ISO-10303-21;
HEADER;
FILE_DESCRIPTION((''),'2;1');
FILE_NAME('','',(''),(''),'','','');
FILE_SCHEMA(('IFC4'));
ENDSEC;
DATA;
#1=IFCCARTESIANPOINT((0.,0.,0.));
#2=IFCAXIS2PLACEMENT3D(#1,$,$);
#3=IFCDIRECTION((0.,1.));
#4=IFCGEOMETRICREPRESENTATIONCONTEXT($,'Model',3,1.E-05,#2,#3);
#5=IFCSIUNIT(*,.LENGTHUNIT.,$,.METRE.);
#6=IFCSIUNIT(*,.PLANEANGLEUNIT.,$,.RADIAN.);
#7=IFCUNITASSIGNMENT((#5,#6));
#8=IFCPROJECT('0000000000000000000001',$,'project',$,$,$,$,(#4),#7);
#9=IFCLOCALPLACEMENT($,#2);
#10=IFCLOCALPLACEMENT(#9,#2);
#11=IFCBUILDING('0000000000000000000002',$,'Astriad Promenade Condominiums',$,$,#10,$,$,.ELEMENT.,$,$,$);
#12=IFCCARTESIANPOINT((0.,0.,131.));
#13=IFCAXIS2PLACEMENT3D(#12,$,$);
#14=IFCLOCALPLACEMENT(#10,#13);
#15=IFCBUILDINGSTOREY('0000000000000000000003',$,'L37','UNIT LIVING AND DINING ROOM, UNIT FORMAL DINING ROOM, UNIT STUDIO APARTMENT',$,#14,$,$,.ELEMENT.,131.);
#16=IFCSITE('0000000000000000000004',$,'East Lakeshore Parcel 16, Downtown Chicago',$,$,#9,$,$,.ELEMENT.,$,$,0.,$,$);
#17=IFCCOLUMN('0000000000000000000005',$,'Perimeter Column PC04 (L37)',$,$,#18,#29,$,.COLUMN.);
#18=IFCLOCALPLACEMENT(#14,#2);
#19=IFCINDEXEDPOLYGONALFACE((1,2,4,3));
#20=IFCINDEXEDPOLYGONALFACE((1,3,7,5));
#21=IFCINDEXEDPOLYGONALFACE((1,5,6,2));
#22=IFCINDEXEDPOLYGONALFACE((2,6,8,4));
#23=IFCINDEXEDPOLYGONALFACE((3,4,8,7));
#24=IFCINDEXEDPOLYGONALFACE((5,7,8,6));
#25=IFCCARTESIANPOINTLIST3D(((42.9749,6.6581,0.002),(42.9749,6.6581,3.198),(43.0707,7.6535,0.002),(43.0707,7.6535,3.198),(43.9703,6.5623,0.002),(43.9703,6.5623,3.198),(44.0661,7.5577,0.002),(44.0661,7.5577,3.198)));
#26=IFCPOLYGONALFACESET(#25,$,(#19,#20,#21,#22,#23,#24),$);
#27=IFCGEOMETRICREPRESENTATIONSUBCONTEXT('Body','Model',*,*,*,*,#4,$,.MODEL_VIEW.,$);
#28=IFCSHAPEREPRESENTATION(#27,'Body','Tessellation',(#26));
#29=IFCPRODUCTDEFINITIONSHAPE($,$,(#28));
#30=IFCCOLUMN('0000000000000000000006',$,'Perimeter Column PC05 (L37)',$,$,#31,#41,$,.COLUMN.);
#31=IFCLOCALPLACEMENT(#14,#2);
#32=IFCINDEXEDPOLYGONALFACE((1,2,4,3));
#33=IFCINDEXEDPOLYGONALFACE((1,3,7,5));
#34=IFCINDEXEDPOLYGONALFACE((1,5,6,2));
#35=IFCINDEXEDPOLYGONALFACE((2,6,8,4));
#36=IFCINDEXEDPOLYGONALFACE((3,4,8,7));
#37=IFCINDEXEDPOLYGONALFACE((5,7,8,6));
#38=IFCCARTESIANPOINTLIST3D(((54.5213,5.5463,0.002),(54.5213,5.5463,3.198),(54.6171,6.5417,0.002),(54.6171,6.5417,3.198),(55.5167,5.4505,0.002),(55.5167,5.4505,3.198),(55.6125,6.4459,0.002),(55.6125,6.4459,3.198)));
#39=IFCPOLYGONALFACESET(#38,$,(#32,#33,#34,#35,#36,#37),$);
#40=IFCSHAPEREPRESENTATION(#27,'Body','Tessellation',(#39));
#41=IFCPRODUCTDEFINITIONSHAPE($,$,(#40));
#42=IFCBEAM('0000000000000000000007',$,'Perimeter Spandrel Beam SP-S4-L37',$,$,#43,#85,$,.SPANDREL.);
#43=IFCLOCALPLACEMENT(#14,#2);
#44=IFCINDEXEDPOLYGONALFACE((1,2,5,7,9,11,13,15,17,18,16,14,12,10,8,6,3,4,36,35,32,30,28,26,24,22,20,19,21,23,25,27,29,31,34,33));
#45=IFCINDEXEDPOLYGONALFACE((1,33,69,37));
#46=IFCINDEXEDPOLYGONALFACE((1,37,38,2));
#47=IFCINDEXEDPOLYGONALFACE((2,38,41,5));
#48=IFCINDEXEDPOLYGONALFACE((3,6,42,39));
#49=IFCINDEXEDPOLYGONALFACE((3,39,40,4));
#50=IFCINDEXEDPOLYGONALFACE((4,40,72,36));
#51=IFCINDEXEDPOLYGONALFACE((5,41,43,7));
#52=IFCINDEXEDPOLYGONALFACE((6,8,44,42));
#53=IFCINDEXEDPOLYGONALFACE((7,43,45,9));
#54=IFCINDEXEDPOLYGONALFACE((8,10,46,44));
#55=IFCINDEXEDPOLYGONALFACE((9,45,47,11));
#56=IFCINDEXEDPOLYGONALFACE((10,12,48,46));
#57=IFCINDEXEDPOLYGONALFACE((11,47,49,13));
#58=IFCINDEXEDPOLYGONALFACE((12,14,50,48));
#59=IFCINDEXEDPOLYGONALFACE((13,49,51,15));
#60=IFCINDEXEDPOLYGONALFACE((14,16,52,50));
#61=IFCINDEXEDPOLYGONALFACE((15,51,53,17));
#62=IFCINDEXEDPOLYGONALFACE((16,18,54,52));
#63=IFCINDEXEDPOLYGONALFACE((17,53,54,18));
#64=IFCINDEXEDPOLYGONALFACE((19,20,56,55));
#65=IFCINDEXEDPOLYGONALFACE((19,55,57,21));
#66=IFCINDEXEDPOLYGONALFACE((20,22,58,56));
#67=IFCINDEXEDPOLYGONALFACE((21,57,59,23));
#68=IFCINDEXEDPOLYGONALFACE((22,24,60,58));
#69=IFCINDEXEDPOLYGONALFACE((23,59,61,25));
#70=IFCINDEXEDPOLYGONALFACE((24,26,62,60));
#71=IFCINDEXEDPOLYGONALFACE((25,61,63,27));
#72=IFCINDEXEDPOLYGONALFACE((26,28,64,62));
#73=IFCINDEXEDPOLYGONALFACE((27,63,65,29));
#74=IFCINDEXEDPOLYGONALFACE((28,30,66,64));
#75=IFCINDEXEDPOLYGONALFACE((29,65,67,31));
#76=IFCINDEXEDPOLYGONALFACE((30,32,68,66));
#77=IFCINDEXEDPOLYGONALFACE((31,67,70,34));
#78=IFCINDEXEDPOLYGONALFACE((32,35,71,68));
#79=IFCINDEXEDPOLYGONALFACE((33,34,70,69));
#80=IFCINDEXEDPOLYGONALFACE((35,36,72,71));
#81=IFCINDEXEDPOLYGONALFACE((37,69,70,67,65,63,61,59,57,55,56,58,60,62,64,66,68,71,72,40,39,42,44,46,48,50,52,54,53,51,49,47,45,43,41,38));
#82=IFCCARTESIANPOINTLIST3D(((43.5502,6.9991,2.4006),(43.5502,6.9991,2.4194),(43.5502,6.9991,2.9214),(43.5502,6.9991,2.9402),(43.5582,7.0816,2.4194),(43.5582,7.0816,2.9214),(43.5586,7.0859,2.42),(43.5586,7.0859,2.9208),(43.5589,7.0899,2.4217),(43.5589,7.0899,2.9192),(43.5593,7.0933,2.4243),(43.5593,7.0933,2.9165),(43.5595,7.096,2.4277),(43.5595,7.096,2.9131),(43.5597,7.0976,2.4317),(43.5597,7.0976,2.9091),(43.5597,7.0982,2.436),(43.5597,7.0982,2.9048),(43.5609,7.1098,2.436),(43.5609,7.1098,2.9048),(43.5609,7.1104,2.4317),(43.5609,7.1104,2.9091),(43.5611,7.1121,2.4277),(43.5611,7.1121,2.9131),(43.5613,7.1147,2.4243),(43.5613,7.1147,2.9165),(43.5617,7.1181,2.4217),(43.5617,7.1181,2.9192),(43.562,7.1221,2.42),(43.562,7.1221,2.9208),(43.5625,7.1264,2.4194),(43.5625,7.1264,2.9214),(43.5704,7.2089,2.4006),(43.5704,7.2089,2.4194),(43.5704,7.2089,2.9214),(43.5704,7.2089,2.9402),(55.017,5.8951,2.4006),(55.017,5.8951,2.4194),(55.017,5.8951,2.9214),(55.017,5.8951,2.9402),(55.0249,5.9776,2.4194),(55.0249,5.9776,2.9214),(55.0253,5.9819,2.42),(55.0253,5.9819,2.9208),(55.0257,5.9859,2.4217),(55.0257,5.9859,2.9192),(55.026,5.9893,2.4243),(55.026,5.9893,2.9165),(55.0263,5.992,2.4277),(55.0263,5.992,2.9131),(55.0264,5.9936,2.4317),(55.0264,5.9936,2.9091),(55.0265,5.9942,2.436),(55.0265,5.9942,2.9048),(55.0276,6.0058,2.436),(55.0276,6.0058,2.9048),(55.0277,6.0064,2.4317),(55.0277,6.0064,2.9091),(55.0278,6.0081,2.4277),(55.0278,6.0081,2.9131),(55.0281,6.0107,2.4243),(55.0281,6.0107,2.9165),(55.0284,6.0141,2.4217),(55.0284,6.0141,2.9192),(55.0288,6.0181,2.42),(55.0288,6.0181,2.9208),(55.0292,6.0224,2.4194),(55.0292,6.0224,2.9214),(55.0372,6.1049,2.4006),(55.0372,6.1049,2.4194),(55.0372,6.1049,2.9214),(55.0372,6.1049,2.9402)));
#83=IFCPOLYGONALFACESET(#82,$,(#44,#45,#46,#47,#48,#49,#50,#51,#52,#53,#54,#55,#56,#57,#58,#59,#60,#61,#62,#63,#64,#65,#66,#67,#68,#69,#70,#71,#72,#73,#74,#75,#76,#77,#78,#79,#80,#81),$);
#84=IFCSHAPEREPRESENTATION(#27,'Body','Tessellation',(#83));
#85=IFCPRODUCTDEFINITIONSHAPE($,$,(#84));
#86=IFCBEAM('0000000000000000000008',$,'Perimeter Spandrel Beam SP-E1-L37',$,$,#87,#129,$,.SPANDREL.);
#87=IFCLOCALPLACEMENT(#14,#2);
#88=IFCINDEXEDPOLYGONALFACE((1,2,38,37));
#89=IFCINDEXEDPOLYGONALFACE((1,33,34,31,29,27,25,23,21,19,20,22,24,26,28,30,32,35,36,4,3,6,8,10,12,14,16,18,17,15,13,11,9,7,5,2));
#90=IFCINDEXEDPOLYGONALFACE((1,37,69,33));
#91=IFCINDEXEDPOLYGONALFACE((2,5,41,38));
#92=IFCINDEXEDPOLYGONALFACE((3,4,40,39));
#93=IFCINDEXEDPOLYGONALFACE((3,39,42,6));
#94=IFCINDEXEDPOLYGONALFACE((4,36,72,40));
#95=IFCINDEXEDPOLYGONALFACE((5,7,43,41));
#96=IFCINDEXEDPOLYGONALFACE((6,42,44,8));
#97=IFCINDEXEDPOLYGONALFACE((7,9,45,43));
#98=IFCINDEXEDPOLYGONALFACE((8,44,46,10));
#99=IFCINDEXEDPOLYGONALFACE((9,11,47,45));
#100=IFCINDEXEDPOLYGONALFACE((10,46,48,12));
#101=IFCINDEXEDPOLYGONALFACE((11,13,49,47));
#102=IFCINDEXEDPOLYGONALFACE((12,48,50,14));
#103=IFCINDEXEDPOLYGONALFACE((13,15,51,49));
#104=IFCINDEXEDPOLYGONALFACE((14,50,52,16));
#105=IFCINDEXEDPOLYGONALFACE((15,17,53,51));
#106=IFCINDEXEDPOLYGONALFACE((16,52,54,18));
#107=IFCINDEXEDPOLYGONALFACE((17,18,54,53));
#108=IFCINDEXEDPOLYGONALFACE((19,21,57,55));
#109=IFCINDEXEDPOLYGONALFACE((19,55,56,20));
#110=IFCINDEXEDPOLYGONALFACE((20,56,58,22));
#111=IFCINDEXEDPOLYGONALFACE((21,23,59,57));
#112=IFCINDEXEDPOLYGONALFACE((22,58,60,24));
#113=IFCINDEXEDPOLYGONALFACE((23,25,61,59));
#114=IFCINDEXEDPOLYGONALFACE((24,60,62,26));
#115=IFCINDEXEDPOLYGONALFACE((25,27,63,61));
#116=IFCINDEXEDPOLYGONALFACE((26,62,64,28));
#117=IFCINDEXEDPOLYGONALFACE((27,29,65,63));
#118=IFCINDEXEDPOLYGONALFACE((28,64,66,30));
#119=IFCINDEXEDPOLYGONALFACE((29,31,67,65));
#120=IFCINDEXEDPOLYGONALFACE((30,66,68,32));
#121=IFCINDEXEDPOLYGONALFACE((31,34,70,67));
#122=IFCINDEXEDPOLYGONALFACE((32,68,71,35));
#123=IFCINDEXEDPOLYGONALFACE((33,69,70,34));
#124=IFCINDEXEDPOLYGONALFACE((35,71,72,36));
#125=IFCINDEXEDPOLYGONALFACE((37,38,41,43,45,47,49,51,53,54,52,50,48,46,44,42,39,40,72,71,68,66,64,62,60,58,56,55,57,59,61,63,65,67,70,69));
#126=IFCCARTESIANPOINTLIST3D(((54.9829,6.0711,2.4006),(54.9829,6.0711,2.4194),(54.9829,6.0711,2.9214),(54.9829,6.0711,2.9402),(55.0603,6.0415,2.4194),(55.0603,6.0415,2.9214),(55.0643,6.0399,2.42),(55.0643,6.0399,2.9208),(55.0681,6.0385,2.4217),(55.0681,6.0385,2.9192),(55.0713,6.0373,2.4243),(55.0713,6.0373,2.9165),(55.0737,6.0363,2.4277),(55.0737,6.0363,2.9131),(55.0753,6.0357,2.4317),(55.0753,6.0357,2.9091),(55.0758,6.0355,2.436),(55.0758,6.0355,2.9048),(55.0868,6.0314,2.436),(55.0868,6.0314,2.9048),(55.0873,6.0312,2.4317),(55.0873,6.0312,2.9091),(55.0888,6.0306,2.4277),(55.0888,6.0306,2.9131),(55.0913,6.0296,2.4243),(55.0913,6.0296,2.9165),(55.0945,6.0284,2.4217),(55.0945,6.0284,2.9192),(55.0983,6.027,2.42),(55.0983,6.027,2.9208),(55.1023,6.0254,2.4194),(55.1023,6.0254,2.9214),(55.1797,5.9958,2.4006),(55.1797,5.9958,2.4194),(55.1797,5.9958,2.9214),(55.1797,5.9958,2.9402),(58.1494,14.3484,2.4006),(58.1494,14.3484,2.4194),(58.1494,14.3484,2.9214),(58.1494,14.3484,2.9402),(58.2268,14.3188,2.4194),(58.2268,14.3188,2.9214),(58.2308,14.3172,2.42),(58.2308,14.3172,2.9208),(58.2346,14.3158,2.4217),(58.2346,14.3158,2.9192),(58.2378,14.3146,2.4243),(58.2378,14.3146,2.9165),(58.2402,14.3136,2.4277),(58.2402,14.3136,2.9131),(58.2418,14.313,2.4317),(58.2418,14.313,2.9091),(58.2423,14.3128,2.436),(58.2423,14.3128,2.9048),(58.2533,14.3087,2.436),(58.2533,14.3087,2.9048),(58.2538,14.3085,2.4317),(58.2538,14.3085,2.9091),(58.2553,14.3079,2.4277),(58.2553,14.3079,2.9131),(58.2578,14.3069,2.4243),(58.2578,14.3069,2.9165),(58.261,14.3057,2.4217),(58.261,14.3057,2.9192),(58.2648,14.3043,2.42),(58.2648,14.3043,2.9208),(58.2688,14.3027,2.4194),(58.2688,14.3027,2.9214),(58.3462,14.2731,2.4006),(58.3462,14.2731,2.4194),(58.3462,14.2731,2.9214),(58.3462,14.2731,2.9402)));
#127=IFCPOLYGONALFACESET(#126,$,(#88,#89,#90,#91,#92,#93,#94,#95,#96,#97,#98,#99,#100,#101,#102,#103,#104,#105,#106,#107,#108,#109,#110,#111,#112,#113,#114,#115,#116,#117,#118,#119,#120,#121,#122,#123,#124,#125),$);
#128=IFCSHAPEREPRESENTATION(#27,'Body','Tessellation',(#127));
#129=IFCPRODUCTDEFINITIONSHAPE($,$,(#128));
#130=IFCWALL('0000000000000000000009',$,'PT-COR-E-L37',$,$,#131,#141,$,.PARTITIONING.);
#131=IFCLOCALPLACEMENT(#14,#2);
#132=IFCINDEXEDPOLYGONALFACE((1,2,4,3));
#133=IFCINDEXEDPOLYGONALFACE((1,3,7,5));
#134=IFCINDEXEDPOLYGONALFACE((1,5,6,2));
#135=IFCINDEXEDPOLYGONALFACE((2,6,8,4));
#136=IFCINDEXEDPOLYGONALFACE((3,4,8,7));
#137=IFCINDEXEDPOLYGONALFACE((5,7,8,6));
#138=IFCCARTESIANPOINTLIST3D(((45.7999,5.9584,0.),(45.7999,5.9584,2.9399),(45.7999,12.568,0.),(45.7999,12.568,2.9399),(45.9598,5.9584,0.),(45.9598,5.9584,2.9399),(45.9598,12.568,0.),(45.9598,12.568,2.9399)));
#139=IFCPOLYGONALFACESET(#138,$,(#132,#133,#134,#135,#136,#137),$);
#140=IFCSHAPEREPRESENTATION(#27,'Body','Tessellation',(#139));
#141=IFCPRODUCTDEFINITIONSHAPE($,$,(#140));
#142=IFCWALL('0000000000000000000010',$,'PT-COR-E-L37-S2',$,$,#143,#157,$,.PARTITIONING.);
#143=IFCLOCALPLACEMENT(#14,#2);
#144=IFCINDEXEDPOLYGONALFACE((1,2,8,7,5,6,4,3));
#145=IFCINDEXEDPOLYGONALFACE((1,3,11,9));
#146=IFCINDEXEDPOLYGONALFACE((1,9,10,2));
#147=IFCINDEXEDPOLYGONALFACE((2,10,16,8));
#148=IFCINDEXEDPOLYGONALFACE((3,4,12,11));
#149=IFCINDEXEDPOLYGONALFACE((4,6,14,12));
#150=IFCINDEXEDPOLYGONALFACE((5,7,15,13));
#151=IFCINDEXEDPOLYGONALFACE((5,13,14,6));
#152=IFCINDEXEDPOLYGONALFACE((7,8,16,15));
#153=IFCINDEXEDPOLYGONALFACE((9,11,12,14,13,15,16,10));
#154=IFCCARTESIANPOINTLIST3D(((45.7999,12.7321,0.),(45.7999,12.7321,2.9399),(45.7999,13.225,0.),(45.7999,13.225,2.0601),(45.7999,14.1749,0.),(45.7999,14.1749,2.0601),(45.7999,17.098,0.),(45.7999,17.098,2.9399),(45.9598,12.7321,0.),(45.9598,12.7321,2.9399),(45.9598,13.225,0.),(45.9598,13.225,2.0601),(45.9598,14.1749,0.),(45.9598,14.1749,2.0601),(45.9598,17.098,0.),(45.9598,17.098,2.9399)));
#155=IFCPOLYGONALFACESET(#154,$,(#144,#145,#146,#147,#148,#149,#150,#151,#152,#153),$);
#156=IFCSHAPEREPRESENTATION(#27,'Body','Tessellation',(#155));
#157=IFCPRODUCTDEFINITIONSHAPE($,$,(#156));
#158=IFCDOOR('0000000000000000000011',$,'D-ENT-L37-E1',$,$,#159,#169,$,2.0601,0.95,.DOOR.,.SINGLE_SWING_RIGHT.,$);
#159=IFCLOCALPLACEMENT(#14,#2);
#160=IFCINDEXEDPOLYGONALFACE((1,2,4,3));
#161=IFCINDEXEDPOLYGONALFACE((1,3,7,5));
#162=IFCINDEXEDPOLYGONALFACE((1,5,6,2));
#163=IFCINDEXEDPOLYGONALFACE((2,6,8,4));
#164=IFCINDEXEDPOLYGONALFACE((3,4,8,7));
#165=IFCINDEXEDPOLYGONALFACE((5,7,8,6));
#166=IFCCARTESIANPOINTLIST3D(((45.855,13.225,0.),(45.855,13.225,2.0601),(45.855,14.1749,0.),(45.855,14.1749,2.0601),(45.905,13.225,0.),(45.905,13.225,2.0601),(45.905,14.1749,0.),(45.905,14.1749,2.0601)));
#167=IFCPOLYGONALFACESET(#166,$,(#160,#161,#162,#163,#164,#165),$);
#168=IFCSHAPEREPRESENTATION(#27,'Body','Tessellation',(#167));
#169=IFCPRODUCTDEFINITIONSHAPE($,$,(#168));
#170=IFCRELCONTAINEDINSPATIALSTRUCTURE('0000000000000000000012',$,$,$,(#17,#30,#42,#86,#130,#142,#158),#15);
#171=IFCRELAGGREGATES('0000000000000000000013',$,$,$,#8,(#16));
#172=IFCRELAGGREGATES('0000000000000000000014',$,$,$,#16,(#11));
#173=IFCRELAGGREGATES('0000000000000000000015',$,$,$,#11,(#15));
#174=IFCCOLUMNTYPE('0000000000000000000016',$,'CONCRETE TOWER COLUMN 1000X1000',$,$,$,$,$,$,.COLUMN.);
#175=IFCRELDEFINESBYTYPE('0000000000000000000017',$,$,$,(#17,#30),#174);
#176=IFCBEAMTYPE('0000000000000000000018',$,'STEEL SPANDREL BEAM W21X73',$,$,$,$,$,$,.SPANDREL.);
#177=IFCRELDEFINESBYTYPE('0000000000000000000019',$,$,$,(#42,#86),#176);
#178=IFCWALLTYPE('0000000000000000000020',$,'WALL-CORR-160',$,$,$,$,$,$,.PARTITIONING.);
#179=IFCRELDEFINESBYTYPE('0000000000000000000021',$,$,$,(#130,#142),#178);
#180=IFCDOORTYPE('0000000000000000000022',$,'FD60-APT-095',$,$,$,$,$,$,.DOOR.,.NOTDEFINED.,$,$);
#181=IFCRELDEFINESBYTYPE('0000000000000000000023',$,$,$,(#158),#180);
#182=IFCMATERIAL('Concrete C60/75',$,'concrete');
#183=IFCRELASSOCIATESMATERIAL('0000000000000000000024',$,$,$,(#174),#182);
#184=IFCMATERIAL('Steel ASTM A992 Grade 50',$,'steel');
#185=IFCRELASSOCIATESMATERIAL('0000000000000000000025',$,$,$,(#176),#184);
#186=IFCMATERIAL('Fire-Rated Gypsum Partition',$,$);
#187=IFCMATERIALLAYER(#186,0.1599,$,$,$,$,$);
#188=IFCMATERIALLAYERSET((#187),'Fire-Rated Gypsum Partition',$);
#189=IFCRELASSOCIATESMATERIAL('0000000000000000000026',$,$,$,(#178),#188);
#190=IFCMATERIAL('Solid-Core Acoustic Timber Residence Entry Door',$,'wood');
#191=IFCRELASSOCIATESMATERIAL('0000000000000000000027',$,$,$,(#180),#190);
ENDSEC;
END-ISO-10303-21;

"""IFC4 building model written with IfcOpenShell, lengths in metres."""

from ifc_helpers import new_model, si_unit, direction, frame, frame_2d, origin, origin_2d, place, context, subcontext, project, spatial, rectangle, i_section, extrude, source, transform, mapped, material, layer, layer_set, material_profile, profile_set, type_object, type_shapes, element, fill, save


model = new_model("IFC4")

# Units and contexts
model_context = context("Model", 3, precision=1e-05, world=origin(), true_north=direction((0.0, 1.0)))
body_context = subcontext(model_context, "Body", "Model", "MODEL_VIEW")
ifc_project = project(units=[si_unit("LENGTHUNIT", "METRE"), si_unit("PLANEANGLEUNIT", "RADIAN")], contexts=[model_context])

# Site, building, storey
site_placement = place(None, origin())
site = spatial("IfcSite", under=ifc_project, at=site_placement, Name="East Lakeshore Parcel 16, Downtown Chicago", CompositionType="ELEMENT", RefElevation=0.0)
building_placement = place(site_placement, origin())
building = spatial("IfcBuilding", under=site, at=building_placement, Name="Astriad Promenade Condominiums", CompositionType="ELEMENT")
storey_placement = place(building_placement, frame((0.0, 0.0, 131.0)))
storey = spatial("IfcBuildingStorey", under=building, at=storey_placement, Name="L37", Description="UNIT LIVING AND DINING ROOM, UNIT FORMAL DINING ROOM, UNIT STUDIO APARTMENT", CompositionType="ELEMENT", Elevation=131.0)

# Columns
ifc_material_1 = material(Name="Concrete C60/75", Category="concrete")
ifc_material_profile_1 = material_profile(ifc_material_1, rectangle(XDim=1.0, YDim=1.0, at=origin_2d()), Name="RC-COL-1000X1000")
ifc_profile_set_1 = profile_set([ifc_material_profile_1], Name="Concrete C60/75")
column_type = type_object("IfcColumnType", Name="CONCRETE TOWER COLUMN 1000X1000", PredefinedType="COLUMN", material=ifc_profile_set_1)
shared_shape_1 = source(origin(), body_context, "Body", "SweptSolid", [
    extrude(rectangle(XDim=1.0, YDim=1.0, at=origin_2d()), origin(), (0.0, 0.0, 1.0), 3.196),
])
type_shapes(column_type, [shared_shape_1])
for number, where, z_axis, x_axis, name in (
    (1, (43.5205, 7.1079, 0.002), (0.0, 0.0, 1.0), (0.995396, -0.095846, 0.0), "Perimeter Column PC04 (L37)"),
    (2, (55.0669, 5.9961, 0.002), (0.0, 0.0, 1.0), (0.995396, -0.095846, 0.0), "Perimeter Column PC05 (L37)"),
):
    element("IfcColumn", number, at=place(storey_placement, frame(where, z_axis=z_axis, x_axis=x_axis)), inside=storey, type_object=column_type, Name=name, PredefinedType="COLUMN", context=body_context, shape_type="MappedRepresentation", body=[
        mapped(shared_shape_1, transform((0.0, 0.0, 0.0), scale=1.0)),
    ])

# Beams
ifc_material_2 = material(Name="Steel ASTM A992 Grade 50", Category="steel")
ifc_material_profile_2 = material_profile(ifc_material_2, i_section(OverallWidth=0.2107, OverallDepth=0.5396, WebThickness=0.0117, FlangeThickness=0.0188, FilletRadius=0.0166, at=origin_2d()), Name="W21X73")
ifc_profile_set_2 = profile_set([ifc_material_profile_2], Name="Steel ASTM A992 Grade 50")
beam_type = type_object("IfcBeamType", Name="STEEL SPANDREL BEAM W21X73", PredefinedType="SPANDREL", material=ifc_profile_set_2)
shared_shape_2 = source(origin(), body_context, "Body", "SweptSolid", [
    extrude(i_section(OverallWidth=0.2107, OverallDepth=0.5396, WebThickness=0.0117, FlangeThickness=0.0188, FilletRadius=0.0166, at=origin_2d()), origin(), (0.0, 0.0, 1.0), 11.5198),
])
beam_1_placement = place(storey_placement, frame((43.5603, 7.104, 2.6704), z_axis=(0.995397, -0.095835, 0.0), x_axis=(0.095835, 0.995397, 0.0)))
element("IfcBeam", 3, at=beam_1_placement, inside=storey, type_object=beam_type, Name="Perimeter Spandrel Beam SP-S4-L37", PredefinedType="SPANDREL", context=body_context, shape_type="MappedRepresentation", body=[
    mapped(shared_shape_2, transform((0.0, 0.0, 0.0), scale=1.0)),
])
shared_shape_3 = source(origin(), body_context, "Body", "SweptSolid", [
    extrude(i_section(OverallWidth=0.2107, OverallDepth=0.5396, WebThickness=0.0117, FlangeThickness=0.0188, FilletRadius=0.0166, at=origin_2d()), origin(), (0.0, 0.0, 1.0), 8.8623),
])
type_shapes(beam_type, [shared_shape_2, shared_shape_3])
beam_2_placement = place(storey_placement, frame((55.0813, 6.0334, 2.6704), z_axis=(0.357299, 0.93399, 0.0), x_axis=(-0.93399, 0.357299, 0.0)))
element("IfcBeam", 4, at=beam_2_placement, inside=storey, type_object=beam_type, Name="Perimeter Spandrel Beam SP-E1-L37", PredefinedType="SPANDREL", context=body_context, shape_type="MappedRepresentation", body=[
    mapped(shared_shape_3, transform((0.0, 0.0, 0.0), scale=1.0)),
])

# Wall
ifc_material_3 = material(Name="Fire-Rated Gypsum Partition")
ifc_layer_1 = layer(ifc_material_3, 0.1599)
ifc_layer_set_1 = layer_set([ifc_layer_1], Name="Fire-Rated Gypsum Partition")
wall_type_1 = type_object("IfcWallType", Name="WALL-CORR-160", PredefinedType="PARTITIONING", material=ifc_layer_set_1)
wall_1_placement = place(storey_placement, frame((45.8799, 5.9585, 0.0), z_axis=(0.0, 0.0, 1.0), x_axis=(0.0, 1.0, 0.0)))
element("IfcWall", 5, at=wall_1_placement, inside=storey, type_object=wall_type_1, Name="PT-COR-E-L37", PredefinedType="PARTITIONING", context=body_context, shape_type="SweptSolid", body=[
    extrude(rectangle(XDim=6.6096, YDim=0.1599, at=frame_2d((3.3047, 0.0))), origin(), (0.0, 0.0, 1.0), 2.9399),
])

# Wall, opening, door
wall_2_placement = place(storey_placement, frame((45.8799, 12.7319, 0.0), z_axis=(0.0, 0.0, 1.0), x_axis=(0.0, 1.0, 0.0)))
wall_2 = element("IfcWall", 6, at=wall_2_placement, inside=storey, type_object=wall_type_1, Name="PT-COR-E-L37-S2", PredefinedType="PARTITIONING", context=body_context, shape_type="SweptSolid", body=[
    extrude(rectangle(XDim=4.366, YDim=0.1599, at=frame_2d((2.1831, 0.0))), origin(), (0.0, 0.0, 1.0), 2.9399),
])
opening_1_placement = place(wall_2_placement, frame((0.4929, 0.0, 0.0)))
opening_1 = element("IfcOpeningElement", 7, at=opening_1_placement, cuts=wall_2, PredefinedType="OPENING", context=body_context, shape_type="SweptSolid", body=[
    extrude(rectangle(XDim=0.95, YDim=2.0601, at=frame_2d((0.4751, 1.03))), frame((0.0, 0.0898, 0.0), z_axis=(0.0, -1.0, 0.0), x_axis=(1.0, 0.0, 0.0)), (0.0, 0.0, 1.0), 0.1799),
])
ifc_material_4 = material(Name="Solid-Core Acoustic Timber Residence Entry Door", Category="wood")
door_type_1 = type_object("IfcDoorType", Name="FD60-APT-095", OperationType="NOTDEFINED", PredefinedType="DOOR", material=ifc_material_4)
shared_shape_4 = source(origin(), body_context, "Body", "SweptSolid", [
    extrude(rectangle(XDim=0.95, YDim=2.0601, at=frame_2d((0.4751, 1.03))), frame((0.0, 0.0249, 0.0), z_axis=(0.0, -1.0, 0.0), x_axis=(1.0, 0.0, 0.0)), (0.0, 0.0, 1.0), 0.05),
])
type_shapes(door_type_1, [shared_shape_4])
door_1_placement = place(opening_1_placement, origin())
door_1 = element("IfcDoor", 8, at=door_1_placement, inside=storey, type_object=door_type_1, Name="D-ENT-L37-E1", OperationType="SINGLE_SWING_RIGHT", OverallHeight=2.0601, OverallWidth=0.95, PredefinedType="DOOR", context=body_context, shape_type="MappedRepresentation", body=[
    mapped(shared_shape_4, transform((0.0, 0.0, 0.0), scale=1.0)),
])
fill(opening_1, door_1)

save(model, "model.ifc")
